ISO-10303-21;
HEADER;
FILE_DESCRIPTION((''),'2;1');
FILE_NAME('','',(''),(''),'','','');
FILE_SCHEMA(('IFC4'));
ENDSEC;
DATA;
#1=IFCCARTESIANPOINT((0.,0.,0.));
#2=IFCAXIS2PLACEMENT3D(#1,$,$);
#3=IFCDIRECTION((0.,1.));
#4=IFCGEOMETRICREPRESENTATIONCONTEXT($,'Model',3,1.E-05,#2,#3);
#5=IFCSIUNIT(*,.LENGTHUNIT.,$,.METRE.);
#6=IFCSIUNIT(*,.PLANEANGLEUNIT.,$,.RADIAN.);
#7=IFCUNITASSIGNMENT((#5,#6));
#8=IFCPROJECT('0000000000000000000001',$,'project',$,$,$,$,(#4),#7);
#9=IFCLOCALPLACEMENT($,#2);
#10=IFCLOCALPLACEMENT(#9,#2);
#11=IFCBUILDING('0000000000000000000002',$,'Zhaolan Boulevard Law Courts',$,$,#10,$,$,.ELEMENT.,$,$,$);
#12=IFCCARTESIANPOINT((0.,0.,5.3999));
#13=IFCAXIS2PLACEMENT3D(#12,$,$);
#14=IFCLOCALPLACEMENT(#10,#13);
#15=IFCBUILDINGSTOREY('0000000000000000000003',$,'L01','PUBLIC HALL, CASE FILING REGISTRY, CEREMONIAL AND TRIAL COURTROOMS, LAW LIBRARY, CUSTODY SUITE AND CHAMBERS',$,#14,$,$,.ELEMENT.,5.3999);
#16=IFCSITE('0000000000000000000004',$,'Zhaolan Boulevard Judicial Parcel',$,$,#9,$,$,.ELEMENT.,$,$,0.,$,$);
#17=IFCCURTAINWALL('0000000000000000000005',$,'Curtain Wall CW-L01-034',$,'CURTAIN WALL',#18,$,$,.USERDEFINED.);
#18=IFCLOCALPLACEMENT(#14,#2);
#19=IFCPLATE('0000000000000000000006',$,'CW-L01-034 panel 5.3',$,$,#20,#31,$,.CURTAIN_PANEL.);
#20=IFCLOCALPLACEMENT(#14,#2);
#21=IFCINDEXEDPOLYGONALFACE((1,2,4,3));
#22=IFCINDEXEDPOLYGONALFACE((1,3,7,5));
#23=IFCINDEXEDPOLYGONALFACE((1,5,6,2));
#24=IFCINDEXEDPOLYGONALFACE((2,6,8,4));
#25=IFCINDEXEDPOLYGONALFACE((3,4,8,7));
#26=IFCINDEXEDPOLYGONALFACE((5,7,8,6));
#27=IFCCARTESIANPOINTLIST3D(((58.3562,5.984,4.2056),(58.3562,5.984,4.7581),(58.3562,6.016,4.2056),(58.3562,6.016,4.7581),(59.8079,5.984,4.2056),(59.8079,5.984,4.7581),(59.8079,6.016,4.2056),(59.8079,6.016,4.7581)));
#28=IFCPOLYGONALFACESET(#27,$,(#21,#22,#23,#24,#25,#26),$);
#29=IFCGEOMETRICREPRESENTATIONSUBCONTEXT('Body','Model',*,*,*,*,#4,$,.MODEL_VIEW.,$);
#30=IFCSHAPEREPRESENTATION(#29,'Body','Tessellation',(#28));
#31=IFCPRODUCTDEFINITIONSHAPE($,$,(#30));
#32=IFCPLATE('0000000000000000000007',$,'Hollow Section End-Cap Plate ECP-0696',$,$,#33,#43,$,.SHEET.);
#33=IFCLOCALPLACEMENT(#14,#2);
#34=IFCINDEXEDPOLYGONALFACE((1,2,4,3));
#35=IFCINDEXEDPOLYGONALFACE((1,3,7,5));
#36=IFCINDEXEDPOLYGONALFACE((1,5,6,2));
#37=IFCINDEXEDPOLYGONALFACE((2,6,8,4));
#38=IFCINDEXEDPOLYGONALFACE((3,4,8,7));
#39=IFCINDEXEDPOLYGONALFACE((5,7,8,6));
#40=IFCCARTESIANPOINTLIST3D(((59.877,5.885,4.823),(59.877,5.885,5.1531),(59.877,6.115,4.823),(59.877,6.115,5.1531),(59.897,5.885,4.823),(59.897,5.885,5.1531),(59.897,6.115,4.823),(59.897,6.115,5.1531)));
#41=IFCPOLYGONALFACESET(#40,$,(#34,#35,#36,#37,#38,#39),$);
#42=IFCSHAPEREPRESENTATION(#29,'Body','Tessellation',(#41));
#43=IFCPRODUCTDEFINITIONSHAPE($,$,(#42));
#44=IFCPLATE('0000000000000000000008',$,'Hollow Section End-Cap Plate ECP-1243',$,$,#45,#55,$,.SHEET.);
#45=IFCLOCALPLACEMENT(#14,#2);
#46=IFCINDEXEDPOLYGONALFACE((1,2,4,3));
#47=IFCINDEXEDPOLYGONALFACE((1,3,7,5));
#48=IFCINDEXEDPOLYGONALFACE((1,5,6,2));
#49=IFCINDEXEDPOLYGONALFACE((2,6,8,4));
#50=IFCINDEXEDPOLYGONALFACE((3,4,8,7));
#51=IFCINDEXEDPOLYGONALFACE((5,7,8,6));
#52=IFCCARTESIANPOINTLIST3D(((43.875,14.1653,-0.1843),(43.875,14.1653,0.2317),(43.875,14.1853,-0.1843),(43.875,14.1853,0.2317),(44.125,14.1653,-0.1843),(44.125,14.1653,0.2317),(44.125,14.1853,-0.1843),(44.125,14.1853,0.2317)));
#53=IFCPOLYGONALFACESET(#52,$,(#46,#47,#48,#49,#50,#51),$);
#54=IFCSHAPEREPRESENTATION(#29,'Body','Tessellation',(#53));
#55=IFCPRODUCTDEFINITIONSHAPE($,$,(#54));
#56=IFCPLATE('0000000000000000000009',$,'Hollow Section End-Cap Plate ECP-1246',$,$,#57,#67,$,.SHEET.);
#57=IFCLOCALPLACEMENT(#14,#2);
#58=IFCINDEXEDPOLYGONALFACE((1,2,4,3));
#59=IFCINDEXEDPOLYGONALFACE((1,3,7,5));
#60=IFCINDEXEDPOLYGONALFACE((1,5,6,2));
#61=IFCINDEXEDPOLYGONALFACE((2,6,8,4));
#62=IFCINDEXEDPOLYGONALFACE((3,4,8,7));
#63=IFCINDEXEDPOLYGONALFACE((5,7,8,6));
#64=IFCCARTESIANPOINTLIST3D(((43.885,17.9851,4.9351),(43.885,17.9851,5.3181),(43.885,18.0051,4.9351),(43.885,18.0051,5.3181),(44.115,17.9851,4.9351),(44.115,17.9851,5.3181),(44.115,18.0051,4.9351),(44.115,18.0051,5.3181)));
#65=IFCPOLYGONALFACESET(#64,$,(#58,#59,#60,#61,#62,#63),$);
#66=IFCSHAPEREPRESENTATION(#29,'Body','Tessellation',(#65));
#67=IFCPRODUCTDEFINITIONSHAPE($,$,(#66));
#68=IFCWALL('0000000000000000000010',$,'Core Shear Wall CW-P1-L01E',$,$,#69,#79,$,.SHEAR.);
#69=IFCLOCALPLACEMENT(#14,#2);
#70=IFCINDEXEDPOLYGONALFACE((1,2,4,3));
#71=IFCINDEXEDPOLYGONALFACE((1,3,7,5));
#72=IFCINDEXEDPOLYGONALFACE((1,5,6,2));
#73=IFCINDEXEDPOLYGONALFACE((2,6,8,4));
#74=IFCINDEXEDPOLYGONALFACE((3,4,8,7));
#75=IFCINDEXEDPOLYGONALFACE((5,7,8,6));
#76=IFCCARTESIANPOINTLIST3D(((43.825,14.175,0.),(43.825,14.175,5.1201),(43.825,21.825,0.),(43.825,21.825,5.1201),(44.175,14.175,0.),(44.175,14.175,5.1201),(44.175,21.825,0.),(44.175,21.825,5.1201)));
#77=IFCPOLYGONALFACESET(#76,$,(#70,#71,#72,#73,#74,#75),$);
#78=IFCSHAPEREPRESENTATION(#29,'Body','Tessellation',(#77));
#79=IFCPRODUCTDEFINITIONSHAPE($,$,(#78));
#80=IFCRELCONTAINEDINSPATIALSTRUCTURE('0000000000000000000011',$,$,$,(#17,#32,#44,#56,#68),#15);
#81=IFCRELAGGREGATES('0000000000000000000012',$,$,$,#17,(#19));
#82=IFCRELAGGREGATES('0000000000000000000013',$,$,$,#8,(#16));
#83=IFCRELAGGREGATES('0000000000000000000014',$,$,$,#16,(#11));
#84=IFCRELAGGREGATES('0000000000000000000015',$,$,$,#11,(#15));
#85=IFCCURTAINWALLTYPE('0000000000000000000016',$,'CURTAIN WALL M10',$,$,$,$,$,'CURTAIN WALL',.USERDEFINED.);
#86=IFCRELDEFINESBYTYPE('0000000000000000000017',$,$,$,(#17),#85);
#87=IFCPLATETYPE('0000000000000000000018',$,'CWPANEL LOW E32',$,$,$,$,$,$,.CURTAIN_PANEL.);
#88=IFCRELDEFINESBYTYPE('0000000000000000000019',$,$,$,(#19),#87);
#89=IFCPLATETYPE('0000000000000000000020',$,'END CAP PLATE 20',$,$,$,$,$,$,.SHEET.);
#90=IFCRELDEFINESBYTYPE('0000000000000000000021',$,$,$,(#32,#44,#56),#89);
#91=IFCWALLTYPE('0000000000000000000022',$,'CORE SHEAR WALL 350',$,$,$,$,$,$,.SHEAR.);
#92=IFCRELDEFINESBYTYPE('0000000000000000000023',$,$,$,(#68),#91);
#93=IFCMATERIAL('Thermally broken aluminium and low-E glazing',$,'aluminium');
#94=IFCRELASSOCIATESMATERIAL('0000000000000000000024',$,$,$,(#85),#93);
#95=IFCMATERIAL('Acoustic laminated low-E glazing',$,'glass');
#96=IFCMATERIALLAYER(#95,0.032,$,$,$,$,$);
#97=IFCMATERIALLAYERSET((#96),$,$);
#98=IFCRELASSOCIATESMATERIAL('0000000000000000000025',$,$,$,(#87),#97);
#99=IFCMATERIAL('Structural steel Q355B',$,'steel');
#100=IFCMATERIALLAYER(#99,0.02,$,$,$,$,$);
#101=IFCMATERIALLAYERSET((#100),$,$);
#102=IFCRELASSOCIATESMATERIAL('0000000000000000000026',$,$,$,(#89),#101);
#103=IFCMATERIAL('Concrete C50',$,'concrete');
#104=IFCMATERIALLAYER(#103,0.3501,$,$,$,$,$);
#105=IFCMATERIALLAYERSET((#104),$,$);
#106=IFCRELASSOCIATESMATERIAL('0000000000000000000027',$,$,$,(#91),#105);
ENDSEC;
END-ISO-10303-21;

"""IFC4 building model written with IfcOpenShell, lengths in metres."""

from ifc_helpers import new_model, si_unit, direction, frame, frame_2d, origin, origin_2d, place, context, subcontext, project, spatial, rectangle, extrude, material, layer, layer_set, type_object, element, aggregate, save


model = new_model("IFC4")

# Units and contexts
model_context = context("Model", 3, precision=1e-05, world=origin(), true_north=direction((0.0, 1.0)))
body_context = subcontext(model_context, "Body", "Model", "MODEL_VIEW")
ifc_project = project(units=[si_unit("LENGTHUNIT", "METRE"), si_unit("PLANEANGLEUNIT", "RADIAN")], contexts=[model_context])

# Site, building, storey
site_placement = place(None, origin())
site = spatial("IfcSite", under=ifc_project, at=site_placement, Name="Zhaolan Boulevard Judicial Parcel", CompositionType="ELEMENT", RefElevation=0.0)
building_placement = place(site_placement, origin())
building = spatial("IfcBuilding", under=site, at=building_placement, Name="Zhaolan Boulevard Law Courts", CompositionType="ELEMENT")
storey_placement = place(building_placement, frame((0.0, 0.0, 5.3999)))
storey = spatial("IfcBuildingStorey", under=building, at=storey_placement, Name="L01", Description="PUBLIC HALL, CASE FILING REGISTRY, CEREMONIAL AND TRIAL COURTROOMS, LAW LIBRARY, CUSTODY SUITE AND CHAMBERS", CompositionType="ELEMENT", Elevation=5.3999)

# Curtain wall
ifc_material_1 = material(Name="Thermally broken aluminium and low-E glazing", Category="aluminium")
curtain_wall_type = type_object("IfcCurtainWallType", Name="CURTAIN WALL M10", ElementType="CURTAIN WALL", PredefinedType="USERDEFINED", material=ifc_material_1)
curtain_wall_placement = place(storey_placement, origin())
curtain_wall = element("IfcCurtainWall", 1, at=curtain_wall_placement, inside=storey, type_object=curtain_wall_type, Name="Curtain Wall CW-L01-034", ObjectType="CURTAIN WALL", PredefinedType="USERDEFINED")

# Plate
ifc_material_2 = material(Name="Acoustic laminated low-E glazing", Category="glass")
ifc_layer_1 = layer(ifc_material_2, 0.032)
ifc_layer_set_1 = layer_set([ifc_layer_1])
plate_type_1 = type_object("IfcPlateType", Name="CWPANEL LOW E32", PredefinedType="CURTAIN_PANEL", material=ifc_layer_set_1)
plate_1_placement = place(storey_placement, frame((59.082, 6.0, 4.2056), z_axis=(0.0, 0.0, 1.0), x_axis=(1.0, 0.0, 0.0)))
plate_1 = element("IfcPlate", 2, at=plate_1_placement, type_object=plate_type_1, Name="CW-L01-034 panel 5.3", PredefinedType="CURTAIN_PANEL", context=body_context, shape_type="SweptSolid", body=[
    extrude(rectangle(XDim=1.4517, YDim=0.032, at=origin_2d()), origin(), (0.0, 0.0, 1.0), 0.5525),
])
aggregate(curtain_wall, [plate_1])

# Plates
ifc_material_3 = material(Name="Structural steel Q355B", Category="steel")
ifc_layer_2 = layer(ifc_material_3, 0.02)
ifc_layer_set_2 = layer_set([ifc_layer_2])
plate_type_2 = type_object("IfcPlateType", Name="END CAP PLATE 20", PredefinedType="SHEET", material=ifc_layer_set_2)
plate_2_placement = place(storey_placement, frame((59.887, 6.0, 4.823), z_axis=(0.0, 0.0, 1.0), x_axis=(1.0, 0.0, 0.0)))
element("IfcPlate", 3, at=plate_2_placement, inside=storey, type_object=plate_type_2, Name="Hollow Section End-Cap Plate ECP-0696", PredefinedType="SHEET", context=body_context, shape_type="SweptSolid", body=[
    extrude(rectangle(XDim=0.02, YDim=0.23, at=origin_2d()), origin(), (0.0, 0.0, 1.0), 0.3301),
])
plate_3_placement = place(storey_placement, frame((44.0, 14.1753, -0.1843), z_axis=(0.0, 0.0, 1.0), x_axis=(0.0, 1.0, 0.0)))
element("IfcPlate", 4, at=plate_3_placement, inside=storey, type_object=plate_type_2, Name="Hollow Section End-Cap Plate ECP-1243", PredefinedType="SHEET", context=body_context, shape_type="SweptSolid", body=[
    extrude(rectangle(XDim=0.02, YDim=0.25, at=origin_2d()), origin(), (0.0, 0.0, 1.0), 0.416),
])
plate_4_placement = place(storey_placement, frame((44.0, 17.9951, 4.9351), z_axis=(0.0, 0.0, 1.0), x_axis=(0.0, -1.0, 0.0)))
element("IfcPlate", 5, at=plate_4_placement, inside=storey, type_object=plate_type_2, Name="Hollow Section End-Cap Plate ECP-1246", PredefinedType="SHEET", context=body_context, shape_type="SweptSolid", body=[
    extrude(rectangle(XDim=0.02, YDim=0.23, at=origin_2d()), origin(), (0.0, 0.0, 1.0), 0.3831),
])

# Wall
ifc_material_4 = material(Name="Concrete C50", Category="concrete")
ifc_layer_3 = layer(ifc_material_4, 0.3501)
ifc_layer_set_3 = layer_set([ifc_layer_3])
wall_type = type_object("IfcWallType", Name="CORE SHEAR WALL 350", PredefinedType="SHEAR", material=ifc_layer_set_3)
wall_placement = place(storey_placement, frame((44.0, 14.175, 0.0), z_axis=(0.0, 0.0, 1.0), x_axis=(0.0, 1.0, 0.0)))
element("IfcWall", 6, at=wall_placement, inside=storey, type_object=wall_type, Name="Core Shear Wall CW-P1-L01E", PredefinedType="SHEAR", context=body_context, shape_type="SweptSolid", body=[
    extrude(rectangle(XDim=7.6499, YDim=0.3501, at=frame_2d((3.825, 0.0))), origin(), (0.0, 0.0, 1.0), 5.1201),
])

save(model, "model.ifc")
